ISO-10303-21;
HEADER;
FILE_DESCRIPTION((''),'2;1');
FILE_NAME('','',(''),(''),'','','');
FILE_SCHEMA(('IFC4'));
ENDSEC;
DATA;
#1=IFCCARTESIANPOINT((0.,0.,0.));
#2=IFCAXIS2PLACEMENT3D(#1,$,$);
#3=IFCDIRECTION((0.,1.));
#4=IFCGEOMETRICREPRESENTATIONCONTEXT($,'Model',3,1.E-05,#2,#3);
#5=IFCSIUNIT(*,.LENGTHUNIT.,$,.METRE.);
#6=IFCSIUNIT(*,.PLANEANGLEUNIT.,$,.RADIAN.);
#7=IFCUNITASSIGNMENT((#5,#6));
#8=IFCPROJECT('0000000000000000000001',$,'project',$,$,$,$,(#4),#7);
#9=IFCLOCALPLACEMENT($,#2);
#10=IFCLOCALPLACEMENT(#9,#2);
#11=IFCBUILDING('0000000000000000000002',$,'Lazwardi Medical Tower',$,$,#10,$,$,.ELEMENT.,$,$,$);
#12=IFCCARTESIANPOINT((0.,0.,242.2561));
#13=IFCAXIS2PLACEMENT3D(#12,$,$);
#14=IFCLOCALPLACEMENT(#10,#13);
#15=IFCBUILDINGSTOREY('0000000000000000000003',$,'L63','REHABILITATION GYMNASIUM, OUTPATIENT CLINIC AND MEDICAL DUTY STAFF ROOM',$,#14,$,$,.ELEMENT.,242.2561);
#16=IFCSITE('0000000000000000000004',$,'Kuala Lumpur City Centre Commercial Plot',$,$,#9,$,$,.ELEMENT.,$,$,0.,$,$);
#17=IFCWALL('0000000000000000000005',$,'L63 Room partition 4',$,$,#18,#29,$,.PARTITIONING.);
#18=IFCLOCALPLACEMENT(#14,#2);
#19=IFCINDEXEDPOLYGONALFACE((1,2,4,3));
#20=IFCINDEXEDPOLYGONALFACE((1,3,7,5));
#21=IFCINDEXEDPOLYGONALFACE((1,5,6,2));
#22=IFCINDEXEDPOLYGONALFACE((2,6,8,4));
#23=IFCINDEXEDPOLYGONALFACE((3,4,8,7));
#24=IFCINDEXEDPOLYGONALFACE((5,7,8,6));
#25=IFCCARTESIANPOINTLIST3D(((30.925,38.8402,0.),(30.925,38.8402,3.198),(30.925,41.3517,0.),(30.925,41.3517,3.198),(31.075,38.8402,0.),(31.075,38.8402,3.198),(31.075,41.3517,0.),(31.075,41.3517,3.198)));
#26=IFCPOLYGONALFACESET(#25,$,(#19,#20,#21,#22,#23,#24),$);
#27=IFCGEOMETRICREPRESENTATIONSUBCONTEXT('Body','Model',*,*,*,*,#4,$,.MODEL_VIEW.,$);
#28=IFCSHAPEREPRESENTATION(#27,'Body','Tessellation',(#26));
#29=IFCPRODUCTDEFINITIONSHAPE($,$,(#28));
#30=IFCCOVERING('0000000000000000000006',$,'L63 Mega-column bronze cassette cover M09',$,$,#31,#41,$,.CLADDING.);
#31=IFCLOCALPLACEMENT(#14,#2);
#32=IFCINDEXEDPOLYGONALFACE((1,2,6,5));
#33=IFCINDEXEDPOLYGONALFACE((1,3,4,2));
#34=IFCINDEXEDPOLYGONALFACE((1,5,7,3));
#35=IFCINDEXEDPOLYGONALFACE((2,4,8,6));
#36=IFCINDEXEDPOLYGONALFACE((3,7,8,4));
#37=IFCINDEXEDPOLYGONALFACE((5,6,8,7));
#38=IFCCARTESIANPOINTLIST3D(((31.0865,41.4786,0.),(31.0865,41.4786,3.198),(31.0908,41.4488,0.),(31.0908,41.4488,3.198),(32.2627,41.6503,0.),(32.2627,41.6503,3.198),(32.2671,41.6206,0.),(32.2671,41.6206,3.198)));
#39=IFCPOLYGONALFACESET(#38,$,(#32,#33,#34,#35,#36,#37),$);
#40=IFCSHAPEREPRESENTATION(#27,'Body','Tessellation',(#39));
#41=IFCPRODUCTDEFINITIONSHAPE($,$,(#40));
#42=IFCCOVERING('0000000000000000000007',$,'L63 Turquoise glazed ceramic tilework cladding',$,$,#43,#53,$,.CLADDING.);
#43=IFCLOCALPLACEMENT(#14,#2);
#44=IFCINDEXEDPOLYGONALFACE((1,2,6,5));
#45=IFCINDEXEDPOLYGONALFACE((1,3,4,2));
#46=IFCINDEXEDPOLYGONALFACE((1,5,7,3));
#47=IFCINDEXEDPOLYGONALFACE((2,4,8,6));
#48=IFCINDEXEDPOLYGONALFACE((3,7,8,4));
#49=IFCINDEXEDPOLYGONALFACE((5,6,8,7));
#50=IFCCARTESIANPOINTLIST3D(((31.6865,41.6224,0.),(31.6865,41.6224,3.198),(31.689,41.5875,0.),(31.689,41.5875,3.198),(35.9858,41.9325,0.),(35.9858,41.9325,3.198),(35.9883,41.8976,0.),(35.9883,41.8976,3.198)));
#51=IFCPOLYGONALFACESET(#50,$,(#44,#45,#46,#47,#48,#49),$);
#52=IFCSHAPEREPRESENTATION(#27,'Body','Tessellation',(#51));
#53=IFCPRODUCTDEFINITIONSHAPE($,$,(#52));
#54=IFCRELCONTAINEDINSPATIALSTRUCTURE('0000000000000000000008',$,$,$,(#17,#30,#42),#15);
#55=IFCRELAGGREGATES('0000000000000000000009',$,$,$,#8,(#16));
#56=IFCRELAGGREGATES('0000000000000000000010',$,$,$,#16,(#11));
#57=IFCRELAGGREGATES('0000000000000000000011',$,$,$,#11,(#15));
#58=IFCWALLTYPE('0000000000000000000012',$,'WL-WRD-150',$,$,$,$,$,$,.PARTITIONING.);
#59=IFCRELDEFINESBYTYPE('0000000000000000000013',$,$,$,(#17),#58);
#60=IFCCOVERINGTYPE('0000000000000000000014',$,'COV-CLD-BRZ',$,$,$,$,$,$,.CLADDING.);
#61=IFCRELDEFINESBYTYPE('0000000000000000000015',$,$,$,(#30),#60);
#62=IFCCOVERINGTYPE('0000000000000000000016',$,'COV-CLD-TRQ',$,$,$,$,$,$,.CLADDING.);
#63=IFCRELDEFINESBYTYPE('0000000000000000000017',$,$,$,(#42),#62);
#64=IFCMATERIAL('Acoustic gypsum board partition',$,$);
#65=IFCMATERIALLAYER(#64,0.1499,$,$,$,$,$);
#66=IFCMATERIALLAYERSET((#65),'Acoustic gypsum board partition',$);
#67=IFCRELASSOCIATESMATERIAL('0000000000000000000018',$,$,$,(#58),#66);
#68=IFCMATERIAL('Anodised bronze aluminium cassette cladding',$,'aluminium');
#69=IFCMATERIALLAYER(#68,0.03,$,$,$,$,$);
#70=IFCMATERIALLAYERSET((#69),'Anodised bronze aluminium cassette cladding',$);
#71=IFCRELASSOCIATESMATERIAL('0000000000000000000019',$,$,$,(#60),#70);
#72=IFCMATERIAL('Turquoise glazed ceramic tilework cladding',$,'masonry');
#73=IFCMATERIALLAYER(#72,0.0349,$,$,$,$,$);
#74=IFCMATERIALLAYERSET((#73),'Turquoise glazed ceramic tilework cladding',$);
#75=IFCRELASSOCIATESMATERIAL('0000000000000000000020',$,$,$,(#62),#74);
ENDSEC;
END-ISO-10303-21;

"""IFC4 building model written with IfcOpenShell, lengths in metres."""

from ifc_helpers import new_model, si_unit, direction, frame, frame_2d, origin, origin_2d, place, context, subcontext, project, spatial, rectangle, extrude, material, layer, layer_set, type_object, element, save


model = new_model("IFC4")

# Units and contexts
model_context = context("Model", 3, precision=1e-05, world=origin(), true_north=direction((0.0, 1.0)))
body_context = subcontext(model_context, "Body", "Model", "MODEL_VIEW")
ifc_project = project(units=[si_unit("LENGTHUNIT", "METRE"), si_unit("PLANEANGLEUNIT", "RADIAN")], contexts=[model_context])

# Site, building, storey
site_placement = place(None, origin())
site = spatial("IfcSite", under=ifc_project, at=site_placement, Name="Kuala Lumpur City Centre Commercial Plot", CompositionType="ELEMENT", RefElevation=0.0)
building_placement = place(site_placement, origin())
building = spatial("IfcBuilding", under=site, at=building_placement, Name="Lazwardi Medical Tower", CompositionType="ELEMENT")
storey_placement = place(building_placement, frame((0.0, 0.0, 242.2561)))
storey = spatial("IfcBuildingStorey", under=building, at=storey_placement, Name="L63", Description="REHABILITATION GYMNASIUM, OUTPATIENT CLINIC AND MEDICAL DUTY STAFF ROOM", CompositionType="ELEMENT", Elevation=242.2561)

# Wall
ifc_material_1 = material(Name="Acoustic gypsum board partition")
ifc_layer_1 = layer(ifc_material_1, 0.1499)
ifc_layer_set_1 = layer_set([ifc_layer_1], Name="Acoustic gypsum board partition")
wall_type_1 = type_object("IfcWallType", Name="WL-WRD-150", PredefinedType="PARTITIONING", material=ifc_layer_set_1)
wall_1_placement = place(storey_placement, frame((31.0, 38.8401, 0.0), z_axis=(0.0, 0.0, 1.0), x_axis=(0.0, 1.0, 0.0)))
element("IfcWall", 1, at=wall_1_placement, inside=storey, type_object=wall_type_1, Name="L63 Room partition 4", PredefinedType="PARTITIONING", context=body_context, shape_type="SweptSolid", body=[
    extrude(rectangle(XDim=2.5115, YDim=0.1499, at=frame_2d((1.2559, 0.0))), origin(), (0.0, 0.0, 1.0), 3.198),
])

# Coverings
ifc_material_2 = material(Name="Anodised bronze aluminium cassette cladding", Category="aluminium")
ifc_layer_2 = layer(ifc_material_2, 0.03)
ifc_layer_set_2 = layer_set([ifc_layer_2], Name="Anodised bronze aluminium cassette cladding")
covering_type_1 = type_object("IfcCoveringType", Name="COV-CLD-BRZ", PredefinedType="CLADDING", material=ifc_layer_set_2)
covering_1_placement = place(storey_placement, frame((31.6768, 41.5496, 0.0), z_axis=(0.0, 0.0, 1.0), x_axis=(-0.989512, -0.144448, 0.0)))
element("IfcCovering", 2, at=covering_1_placement, inside=storey, type_object=covering_type_1, Name="L63 Mega-column bronze cassette cover M09", PredefinedType="CLADDING", context=body_context, shape_type="SweptSolid", body=[
    extrude(rectangle(XDim=1.1887, YDim=0.03, at=origin_2d()), origin(), (0.0, 0.0, 1.0), 3.198),
])
ifc_material_3 = material(Name="Turquoise glazed ceramic tilework cladding", Category="masonry")
ifc_layer_3 = layer(ifc_material_3, 0.0349)
ifc_layer_set_3 = layer_set([ifc_layer_3], Name="Turquoise glazed ceramic tilework cladding")
covering_type_2 = type_object("IfcCoveringType", Name="COV-CLD-TRQ", PredefinedType="CLADDING", material=ifc_layer_set_3)
covering_2_placement = place(storey_placement, frame((33.8374, 41.76, 0.0), z_axis=(0.0, 0.0, 1.0), x_axis=(-0.997409, -0.07194, 0.0)))
element("IfcCovering", 3, at=covering_2_placement, inside=storey, type_object=covering_type_2, Name="L63 Turquoise glazed ceramic tilework cladding", PredefinedType="CLADDING", context=body_context, shape_type="SweptSolid", body=[
    extrude(rectangle(XDim=4.3105, YDim=0.0349, at=origin_2d()), origin(), (0.0, 0.0, 1.0), 3.198),
])

save(model, "model.ifc")
